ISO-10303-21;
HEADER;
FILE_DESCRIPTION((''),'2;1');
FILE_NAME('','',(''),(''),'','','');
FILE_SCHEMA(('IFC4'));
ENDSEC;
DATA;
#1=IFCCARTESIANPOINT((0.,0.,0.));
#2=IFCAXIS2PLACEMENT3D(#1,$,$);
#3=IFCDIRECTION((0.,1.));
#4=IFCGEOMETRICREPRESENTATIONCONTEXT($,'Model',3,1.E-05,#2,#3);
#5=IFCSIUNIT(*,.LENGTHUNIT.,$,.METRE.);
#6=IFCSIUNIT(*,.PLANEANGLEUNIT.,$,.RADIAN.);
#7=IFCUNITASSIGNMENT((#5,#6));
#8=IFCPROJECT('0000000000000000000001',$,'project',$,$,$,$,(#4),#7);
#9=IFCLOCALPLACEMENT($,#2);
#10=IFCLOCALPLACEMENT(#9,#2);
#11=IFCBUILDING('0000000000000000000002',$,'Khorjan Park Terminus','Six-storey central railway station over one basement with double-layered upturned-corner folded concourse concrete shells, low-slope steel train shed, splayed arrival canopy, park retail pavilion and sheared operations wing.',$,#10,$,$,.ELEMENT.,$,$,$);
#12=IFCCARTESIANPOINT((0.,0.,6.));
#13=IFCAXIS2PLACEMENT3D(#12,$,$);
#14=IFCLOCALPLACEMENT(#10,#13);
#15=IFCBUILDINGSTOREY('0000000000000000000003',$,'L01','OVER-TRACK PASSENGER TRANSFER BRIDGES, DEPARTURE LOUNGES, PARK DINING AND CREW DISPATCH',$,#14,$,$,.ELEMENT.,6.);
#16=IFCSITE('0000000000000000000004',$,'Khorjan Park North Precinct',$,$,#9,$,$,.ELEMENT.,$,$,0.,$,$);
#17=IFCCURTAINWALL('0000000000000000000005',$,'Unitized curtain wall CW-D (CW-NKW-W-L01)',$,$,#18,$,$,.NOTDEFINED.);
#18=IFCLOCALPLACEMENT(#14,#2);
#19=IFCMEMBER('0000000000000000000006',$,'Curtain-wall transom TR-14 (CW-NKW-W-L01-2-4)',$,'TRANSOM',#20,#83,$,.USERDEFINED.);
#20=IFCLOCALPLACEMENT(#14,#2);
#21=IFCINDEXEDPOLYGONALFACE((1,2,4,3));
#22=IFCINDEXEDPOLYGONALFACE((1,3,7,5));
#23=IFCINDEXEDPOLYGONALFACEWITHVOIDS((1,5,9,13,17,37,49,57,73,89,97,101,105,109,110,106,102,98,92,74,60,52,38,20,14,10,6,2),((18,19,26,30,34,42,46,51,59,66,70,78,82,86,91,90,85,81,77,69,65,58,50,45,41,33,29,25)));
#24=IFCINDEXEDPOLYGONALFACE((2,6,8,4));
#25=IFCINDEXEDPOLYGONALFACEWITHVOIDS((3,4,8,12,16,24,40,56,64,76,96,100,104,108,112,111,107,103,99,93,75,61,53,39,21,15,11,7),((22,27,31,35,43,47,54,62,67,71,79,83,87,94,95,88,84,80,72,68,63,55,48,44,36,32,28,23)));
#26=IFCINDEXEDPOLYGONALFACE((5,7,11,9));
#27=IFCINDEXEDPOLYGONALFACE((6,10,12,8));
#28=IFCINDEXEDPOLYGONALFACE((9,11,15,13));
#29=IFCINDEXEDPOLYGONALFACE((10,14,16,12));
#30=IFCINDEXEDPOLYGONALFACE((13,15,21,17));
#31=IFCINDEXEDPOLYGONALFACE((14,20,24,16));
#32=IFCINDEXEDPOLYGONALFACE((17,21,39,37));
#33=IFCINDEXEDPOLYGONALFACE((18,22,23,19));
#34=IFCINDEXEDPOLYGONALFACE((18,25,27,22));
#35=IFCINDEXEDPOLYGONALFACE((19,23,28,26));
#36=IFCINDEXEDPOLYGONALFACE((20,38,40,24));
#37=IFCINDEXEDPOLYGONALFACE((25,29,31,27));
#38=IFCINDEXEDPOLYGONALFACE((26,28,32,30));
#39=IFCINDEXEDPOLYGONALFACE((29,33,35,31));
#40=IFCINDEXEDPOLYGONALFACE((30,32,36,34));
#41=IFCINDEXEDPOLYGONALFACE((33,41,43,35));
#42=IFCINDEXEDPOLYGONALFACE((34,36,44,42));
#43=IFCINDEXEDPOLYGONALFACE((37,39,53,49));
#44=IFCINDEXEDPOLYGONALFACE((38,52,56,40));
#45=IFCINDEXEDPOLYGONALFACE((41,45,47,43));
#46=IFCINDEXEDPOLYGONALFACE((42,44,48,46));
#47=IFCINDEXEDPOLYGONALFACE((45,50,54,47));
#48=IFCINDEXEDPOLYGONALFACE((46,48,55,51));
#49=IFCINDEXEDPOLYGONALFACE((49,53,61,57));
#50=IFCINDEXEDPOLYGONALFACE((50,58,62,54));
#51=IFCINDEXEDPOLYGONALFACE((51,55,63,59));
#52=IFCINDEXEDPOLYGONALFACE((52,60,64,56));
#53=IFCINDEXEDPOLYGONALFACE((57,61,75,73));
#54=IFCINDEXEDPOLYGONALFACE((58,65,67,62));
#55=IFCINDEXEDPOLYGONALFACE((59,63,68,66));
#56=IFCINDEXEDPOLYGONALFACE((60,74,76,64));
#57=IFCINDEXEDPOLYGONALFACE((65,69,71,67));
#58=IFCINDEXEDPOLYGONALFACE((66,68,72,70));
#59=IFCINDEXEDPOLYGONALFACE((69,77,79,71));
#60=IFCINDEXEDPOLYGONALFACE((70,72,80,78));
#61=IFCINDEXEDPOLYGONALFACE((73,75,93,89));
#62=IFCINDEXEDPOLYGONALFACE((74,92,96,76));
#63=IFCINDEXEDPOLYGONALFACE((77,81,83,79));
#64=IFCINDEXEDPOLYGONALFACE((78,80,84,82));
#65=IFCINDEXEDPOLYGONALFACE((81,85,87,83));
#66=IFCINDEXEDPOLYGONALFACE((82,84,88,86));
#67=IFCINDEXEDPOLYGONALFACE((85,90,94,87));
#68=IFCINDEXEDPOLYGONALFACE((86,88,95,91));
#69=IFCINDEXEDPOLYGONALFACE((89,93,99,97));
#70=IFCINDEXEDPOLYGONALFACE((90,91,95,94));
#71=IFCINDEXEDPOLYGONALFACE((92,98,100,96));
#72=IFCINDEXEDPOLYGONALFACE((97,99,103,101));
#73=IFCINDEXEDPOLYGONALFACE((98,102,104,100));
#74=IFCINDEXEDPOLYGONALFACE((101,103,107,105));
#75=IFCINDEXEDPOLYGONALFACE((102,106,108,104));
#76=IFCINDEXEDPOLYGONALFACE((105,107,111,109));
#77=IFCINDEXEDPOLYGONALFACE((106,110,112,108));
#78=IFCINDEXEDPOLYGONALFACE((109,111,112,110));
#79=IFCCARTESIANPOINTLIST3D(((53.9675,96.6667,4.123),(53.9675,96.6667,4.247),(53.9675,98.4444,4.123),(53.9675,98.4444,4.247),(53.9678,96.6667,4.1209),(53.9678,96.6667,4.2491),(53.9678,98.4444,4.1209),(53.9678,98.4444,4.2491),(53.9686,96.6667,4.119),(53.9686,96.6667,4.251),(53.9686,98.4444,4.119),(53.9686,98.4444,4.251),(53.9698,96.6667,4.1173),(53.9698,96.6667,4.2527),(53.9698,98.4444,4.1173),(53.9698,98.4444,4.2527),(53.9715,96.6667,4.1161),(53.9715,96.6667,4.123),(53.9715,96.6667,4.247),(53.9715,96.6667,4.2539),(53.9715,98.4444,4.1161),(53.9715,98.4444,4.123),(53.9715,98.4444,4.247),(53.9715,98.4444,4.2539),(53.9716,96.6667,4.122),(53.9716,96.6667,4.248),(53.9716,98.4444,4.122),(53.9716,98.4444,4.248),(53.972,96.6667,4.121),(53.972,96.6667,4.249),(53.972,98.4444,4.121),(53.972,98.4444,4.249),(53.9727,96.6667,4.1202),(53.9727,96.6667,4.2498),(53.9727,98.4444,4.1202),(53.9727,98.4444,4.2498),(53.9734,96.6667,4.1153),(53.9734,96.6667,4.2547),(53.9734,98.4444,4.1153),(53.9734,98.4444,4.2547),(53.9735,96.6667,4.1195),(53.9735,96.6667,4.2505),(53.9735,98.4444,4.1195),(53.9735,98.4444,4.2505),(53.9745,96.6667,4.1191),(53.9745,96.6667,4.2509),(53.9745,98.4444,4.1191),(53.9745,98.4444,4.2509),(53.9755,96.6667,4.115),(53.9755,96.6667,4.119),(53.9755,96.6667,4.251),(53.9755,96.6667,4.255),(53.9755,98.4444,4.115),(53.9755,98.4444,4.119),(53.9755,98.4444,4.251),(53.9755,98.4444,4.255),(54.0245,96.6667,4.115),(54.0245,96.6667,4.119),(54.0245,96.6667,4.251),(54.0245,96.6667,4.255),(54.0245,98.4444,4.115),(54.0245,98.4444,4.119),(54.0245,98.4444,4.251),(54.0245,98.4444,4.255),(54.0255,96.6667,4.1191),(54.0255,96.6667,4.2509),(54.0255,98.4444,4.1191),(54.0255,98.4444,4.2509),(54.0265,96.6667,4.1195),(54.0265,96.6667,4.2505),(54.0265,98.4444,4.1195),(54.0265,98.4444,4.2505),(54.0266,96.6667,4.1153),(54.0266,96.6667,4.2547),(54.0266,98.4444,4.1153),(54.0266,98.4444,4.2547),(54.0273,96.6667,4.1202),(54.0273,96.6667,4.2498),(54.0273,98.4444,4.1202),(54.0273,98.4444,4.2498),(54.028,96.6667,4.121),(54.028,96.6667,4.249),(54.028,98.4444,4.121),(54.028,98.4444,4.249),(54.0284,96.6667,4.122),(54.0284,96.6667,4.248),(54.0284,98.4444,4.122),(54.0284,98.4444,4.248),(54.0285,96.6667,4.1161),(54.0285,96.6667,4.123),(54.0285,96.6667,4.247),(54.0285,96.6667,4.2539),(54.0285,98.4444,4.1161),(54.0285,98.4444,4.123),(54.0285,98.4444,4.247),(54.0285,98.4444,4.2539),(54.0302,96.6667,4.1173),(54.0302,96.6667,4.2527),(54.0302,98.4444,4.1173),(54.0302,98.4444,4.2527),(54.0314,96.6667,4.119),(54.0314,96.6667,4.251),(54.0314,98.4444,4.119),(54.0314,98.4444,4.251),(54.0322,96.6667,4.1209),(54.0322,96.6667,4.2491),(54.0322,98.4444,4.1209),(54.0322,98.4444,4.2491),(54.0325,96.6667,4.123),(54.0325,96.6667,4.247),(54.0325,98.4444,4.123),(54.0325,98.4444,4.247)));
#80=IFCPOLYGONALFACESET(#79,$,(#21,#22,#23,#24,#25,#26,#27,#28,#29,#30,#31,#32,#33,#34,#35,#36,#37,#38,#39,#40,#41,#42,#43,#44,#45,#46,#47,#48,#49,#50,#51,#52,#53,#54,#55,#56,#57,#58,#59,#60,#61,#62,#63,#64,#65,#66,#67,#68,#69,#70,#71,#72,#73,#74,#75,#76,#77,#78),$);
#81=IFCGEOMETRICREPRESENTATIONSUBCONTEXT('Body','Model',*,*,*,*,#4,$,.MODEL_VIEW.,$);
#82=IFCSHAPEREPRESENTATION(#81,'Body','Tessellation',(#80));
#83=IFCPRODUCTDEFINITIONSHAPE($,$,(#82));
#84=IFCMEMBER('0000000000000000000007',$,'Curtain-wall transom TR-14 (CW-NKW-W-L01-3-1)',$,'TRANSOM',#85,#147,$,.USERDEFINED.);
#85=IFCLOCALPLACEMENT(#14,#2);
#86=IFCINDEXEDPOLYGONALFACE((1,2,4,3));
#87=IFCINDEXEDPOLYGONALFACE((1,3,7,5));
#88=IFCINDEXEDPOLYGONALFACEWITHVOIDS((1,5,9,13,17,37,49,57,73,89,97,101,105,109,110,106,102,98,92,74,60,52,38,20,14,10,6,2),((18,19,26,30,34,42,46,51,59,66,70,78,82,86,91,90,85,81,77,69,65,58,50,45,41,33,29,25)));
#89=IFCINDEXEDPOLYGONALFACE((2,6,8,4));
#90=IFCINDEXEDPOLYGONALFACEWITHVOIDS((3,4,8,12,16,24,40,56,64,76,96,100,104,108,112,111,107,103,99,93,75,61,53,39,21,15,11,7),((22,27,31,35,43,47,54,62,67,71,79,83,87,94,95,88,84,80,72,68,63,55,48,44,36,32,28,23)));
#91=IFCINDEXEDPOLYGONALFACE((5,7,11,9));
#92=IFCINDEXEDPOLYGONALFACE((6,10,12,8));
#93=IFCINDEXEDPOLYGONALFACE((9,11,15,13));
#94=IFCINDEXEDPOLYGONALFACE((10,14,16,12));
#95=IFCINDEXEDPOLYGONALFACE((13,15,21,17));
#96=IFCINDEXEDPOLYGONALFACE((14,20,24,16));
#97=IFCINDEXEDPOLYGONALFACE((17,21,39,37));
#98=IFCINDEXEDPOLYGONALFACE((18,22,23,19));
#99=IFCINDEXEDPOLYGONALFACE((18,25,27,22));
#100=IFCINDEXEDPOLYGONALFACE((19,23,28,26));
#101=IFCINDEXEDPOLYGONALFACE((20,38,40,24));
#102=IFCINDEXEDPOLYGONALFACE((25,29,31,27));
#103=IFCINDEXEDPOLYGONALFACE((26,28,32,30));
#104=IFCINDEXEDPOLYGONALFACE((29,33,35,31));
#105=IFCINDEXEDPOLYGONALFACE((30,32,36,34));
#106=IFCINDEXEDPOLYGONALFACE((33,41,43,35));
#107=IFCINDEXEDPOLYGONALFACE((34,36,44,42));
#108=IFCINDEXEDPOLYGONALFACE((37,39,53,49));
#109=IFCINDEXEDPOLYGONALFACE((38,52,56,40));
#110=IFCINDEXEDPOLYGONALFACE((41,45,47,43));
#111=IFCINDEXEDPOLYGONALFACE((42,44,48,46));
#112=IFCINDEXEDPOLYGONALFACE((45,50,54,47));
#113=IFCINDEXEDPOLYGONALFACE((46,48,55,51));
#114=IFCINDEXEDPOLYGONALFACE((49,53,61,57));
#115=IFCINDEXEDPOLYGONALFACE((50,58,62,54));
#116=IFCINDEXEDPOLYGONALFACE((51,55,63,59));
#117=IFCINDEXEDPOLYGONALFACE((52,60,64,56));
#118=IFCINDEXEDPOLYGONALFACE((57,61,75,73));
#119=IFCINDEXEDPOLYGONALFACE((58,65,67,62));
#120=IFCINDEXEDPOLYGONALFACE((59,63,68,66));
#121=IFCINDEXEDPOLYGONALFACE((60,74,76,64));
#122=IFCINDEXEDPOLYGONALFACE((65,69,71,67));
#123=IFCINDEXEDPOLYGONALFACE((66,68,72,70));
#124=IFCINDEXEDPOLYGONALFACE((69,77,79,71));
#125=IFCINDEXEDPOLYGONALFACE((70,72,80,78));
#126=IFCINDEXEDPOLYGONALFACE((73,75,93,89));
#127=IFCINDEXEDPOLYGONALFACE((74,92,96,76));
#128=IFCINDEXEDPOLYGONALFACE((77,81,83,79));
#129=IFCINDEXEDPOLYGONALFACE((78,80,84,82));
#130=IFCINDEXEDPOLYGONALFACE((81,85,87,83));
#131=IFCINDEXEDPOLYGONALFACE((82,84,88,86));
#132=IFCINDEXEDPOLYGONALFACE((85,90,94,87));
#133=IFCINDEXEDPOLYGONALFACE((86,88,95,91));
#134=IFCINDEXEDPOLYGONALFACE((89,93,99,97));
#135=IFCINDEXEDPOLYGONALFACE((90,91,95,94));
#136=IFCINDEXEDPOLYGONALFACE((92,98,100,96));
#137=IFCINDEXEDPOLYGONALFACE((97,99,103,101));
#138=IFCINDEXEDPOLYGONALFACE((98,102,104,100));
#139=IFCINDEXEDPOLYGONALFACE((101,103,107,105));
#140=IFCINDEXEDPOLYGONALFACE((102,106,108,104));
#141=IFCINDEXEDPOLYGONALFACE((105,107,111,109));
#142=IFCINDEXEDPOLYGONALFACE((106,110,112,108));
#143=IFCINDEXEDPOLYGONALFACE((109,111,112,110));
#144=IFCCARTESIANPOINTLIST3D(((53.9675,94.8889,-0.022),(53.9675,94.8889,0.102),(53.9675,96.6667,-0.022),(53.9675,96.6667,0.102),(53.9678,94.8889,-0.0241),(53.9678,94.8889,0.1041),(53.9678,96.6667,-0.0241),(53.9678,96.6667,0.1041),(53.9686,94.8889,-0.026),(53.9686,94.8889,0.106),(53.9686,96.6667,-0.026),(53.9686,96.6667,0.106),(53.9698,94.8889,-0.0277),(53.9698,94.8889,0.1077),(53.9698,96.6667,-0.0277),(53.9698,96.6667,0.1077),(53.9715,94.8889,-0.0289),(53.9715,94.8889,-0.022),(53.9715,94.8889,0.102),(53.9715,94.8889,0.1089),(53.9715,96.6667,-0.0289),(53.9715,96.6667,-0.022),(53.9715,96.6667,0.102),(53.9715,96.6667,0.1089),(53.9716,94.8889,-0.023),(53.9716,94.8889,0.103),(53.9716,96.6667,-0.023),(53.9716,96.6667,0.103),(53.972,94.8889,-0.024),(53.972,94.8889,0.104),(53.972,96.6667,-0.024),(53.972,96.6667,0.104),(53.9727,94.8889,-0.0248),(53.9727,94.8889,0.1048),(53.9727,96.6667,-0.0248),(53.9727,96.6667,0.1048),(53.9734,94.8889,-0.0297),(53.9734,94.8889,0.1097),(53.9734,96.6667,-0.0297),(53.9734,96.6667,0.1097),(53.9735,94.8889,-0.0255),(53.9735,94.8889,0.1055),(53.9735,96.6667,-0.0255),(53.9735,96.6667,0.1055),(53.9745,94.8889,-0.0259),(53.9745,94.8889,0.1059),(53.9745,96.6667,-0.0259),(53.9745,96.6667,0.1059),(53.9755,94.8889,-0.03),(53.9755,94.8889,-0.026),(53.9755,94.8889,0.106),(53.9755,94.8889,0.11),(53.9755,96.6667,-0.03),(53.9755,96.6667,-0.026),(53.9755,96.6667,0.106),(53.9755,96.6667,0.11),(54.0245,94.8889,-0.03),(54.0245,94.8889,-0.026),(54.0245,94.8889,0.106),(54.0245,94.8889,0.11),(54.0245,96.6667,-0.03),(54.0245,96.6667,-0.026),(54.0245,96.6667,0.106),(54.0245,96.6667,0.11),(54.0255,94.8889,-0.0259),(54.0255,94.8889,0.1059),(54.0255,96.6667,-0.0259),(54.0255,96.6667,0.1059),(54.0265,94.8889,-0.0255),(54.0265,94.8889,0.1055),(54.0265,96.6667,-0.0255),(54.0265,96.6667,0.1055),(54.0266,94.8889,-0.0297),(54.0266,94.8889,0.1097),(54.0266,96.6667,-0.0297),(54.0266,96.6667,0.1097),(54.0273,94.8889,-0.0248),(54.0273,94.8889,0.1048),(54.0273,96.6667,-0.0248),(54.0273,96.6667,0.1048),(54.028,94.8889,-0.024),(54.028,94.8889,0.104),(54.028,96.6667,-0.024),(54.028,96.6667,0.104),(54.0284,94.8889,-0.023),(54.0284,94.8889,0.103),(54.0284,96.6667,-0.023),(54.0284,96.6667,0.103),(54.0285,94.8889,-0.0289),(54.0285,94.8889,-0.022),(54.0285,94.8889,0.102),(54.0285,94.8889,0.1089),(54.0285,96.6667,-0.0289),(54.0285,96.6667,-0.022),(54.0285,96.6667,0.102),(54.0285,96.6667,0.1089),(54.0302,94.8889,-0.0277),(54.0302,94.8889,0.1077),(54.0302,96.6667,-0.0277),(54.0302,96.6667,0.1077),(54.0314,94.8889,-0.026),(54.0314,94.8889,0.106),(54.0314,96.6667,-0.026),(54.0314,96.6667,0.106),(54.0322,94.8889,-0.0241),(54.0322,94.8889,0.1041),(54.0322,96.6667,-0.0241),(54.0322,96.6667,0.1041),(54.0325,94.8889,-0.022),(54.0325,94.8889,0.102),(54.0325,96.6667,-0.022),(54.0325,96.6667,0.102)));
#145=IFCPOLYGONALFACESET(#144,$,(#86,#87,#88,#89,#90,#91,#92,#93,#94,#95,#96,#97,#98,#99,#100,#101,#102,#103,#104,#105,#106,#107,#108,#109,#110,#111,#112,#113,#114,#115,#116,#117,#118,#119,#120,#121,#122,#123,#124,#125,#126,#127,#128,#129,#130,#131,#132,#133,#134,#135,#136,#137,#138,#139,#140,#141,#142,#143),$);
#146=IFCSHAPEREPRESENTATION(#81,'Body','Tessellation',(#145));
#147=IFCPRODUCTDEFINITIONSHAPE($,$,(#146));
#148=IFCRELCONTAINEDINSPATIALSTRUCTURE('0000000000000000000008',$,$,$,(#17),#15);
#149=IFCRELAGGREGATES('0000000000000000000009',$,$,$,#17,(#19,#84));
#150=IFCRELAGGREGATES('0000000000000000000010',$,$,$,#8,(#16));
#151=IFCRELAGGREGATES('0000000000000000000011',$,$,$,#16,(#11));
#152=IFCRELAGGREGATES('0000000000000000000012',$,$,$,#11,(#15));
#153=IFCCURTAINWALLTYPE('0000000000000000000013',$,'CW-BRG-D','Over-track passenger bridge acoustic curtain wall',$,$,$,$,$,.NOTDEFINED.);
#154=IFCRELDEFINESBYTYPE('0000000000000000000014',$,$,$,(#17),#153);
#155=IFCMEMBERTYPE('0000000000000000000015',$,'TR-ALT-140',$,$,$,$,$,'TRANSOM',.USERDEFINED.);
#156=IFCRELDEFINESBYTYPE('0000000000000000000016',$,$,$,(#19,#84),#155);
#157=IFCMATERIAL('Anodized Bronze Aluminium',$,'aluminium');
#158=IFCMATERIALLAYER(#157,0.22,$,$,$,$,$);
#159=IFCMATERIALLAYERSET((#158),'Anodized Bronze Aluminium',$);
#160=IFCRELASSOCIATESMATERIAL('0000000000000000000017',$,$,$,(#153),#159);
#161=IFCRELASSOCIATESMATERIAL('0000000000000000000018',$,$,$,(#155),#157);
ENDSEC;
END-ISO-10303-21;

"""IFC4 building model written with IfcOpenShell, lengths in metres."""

from ifc_helpers import new_model, si_unit, direction, frame, origin, origin_2d, place, context, subcontext, project, spatial, hollow_rectangle, extrude, material, layer, layer_set, material_profile, profile_set, type_object, element, aggregate, save


model = new_model("IFC4")

# Units and contexts
model_context = context("Model", 3, precision=1e-05, world=origin(), true_north=direction((0.0, 1.0)))
body_context = subcontext(model_context, "Body", "Model", "MODEL_VIEW")
ifc_project = project(units=[si_unit("LENGTHUNIT", "METRE"), si_unit("PLANEANGLEUNIT", "RADIAN")], contexts=[model_context])

# Site, building, storey
site_placement = place(None, origin())
site = spatial("IfcSite", under=ifc_project, at=site_placement, Name="Khorjan Park North Precinct", CompositionType="ELEMENT", RefElevation=0.0)
building_placement = place(site_placement, origin())
building = spatial("IfcBuilding", under=site, at=building_placement, Name="Khorjan Park Terminus", Description="Six-storey central railway station over one basement with double-layered upturned-corner folded concourse concrete shells, low-slope steel train shed, splayed arrival canopy, park retail pavilion and sheared operations wing.", CompositionType="ELEMENT")
storey_placement = place(building_placement, frame((0.0, 0.0, 6.0)))
storey = spatial("IfcBuildingStorey", under=building, at=storey_placement, Name="L01", Description="OVER-TRACK PASSENGER TRANSFER BRIDGES, DEPARTURE LOUNGES, PARK DINING AND CREW DISPATCH", CompositionType="ELEMENT", Elevation=6.0)

# Curtain wall, members
ifc_material_1 = material(Name="Anodized Bronze Aluminium", Category="aluminium")
ifc_layer_1 = layer(ifc_material_1, 0.22)
ifc_layer_set_1 = layer_set([ifc_layer_1], Name="Anodized Bronze Aluminium")
curtain_wall_type = type_object("IfcCurtainWallType", Name="CW-BRG-D", Description="Over-track passenger bridge acoustic curtain wall", PredefinedType="NOTDEFINED", material=ifc_layer_set_1)
curtain_wall_placement = place(storey_placement, origin())
curtain_wall = element("IfcCurtainWall", 1, at=curtain_wall_placement, inside=storey, type_object=curtain_wall_type, Name="Unitized curtain wall CW-D (CW-NKW-W-L01)", PredefinedType="NOTDEFINED")
ifc_material_profile_1 = material_profile(ifc_material_1, hollow_rectangle(XDim=0.065, YDim=0.14, WallThickness=0.004, InnerFilletRadius=0.004, OuterFilletRadius=0.008, at=origin_2d()), Name="ALT 65x140x4")
ifc_profile_set_1 = profile_set([ifc_material_profile_1], Name="Anodized Bronze Aluminium")
member_type_1 = type_object("IfcMemberType", Name="TR-ALT-140", ElementType="TRANSOM", PredefinedType="USERDEFINED", material=ifc_profile_set_1)
member_1_placement = place(storey_placement, frame((54.0, 98.4444, 4.185), z_axis=(0.0, -1.0, 0.0), x_axis=(1.0, 0.0, 0.0)))
member_1 = element("IfcMember", 2, at=member_1_placement, type_object=member_type_1, Name="Curtain-wall transom TR-14 (CW-NKW-W-L01-2-4)", ObjectType="TRANSOM", PredefinedType="USERDEFINED", context=body_context, shape_type="SweptSolid", body=[
    extrude(hollow_rectangle(XDim=0.065, YDim=0.14, WallThickness=0.004, InnerFilletRadius=0.004, OuterFilletRadius=0.008, at=origin_2d()), origin(), (0.0, 0.0, 1.0), 1.7777),
])
member_2_placement = place(storey_placement, frame((54.0, 96.6667, 0.04), z_axis=(0.0, -1.0, 0.0), x_axis=(1.0, 0.0, 0.0)))
member_2 = element("IfcMember", 3, at=member_2_placement, type_object=member_type_1, Name="Curtain-wall transom TR-14 (CW-NKW-W-L01-3-1)", ObjectType="TRANSOM", PredefinedType="USERDEFINED", context=body_context, shape_type="SweptSolid", body=[
    extrude(hollow_rectangle(XDim=0.065, YDim=0.14, WallThickness=0.004, InnerFilletRadius=0.004, OuterFilletRadius=0.008, at=origin_2d()), origin(), (0.0, 0.0, 1.0), 1.7778),
])
aggregate(curtain_wall, [member_1, member_2])

save(model, "model.ifc")
